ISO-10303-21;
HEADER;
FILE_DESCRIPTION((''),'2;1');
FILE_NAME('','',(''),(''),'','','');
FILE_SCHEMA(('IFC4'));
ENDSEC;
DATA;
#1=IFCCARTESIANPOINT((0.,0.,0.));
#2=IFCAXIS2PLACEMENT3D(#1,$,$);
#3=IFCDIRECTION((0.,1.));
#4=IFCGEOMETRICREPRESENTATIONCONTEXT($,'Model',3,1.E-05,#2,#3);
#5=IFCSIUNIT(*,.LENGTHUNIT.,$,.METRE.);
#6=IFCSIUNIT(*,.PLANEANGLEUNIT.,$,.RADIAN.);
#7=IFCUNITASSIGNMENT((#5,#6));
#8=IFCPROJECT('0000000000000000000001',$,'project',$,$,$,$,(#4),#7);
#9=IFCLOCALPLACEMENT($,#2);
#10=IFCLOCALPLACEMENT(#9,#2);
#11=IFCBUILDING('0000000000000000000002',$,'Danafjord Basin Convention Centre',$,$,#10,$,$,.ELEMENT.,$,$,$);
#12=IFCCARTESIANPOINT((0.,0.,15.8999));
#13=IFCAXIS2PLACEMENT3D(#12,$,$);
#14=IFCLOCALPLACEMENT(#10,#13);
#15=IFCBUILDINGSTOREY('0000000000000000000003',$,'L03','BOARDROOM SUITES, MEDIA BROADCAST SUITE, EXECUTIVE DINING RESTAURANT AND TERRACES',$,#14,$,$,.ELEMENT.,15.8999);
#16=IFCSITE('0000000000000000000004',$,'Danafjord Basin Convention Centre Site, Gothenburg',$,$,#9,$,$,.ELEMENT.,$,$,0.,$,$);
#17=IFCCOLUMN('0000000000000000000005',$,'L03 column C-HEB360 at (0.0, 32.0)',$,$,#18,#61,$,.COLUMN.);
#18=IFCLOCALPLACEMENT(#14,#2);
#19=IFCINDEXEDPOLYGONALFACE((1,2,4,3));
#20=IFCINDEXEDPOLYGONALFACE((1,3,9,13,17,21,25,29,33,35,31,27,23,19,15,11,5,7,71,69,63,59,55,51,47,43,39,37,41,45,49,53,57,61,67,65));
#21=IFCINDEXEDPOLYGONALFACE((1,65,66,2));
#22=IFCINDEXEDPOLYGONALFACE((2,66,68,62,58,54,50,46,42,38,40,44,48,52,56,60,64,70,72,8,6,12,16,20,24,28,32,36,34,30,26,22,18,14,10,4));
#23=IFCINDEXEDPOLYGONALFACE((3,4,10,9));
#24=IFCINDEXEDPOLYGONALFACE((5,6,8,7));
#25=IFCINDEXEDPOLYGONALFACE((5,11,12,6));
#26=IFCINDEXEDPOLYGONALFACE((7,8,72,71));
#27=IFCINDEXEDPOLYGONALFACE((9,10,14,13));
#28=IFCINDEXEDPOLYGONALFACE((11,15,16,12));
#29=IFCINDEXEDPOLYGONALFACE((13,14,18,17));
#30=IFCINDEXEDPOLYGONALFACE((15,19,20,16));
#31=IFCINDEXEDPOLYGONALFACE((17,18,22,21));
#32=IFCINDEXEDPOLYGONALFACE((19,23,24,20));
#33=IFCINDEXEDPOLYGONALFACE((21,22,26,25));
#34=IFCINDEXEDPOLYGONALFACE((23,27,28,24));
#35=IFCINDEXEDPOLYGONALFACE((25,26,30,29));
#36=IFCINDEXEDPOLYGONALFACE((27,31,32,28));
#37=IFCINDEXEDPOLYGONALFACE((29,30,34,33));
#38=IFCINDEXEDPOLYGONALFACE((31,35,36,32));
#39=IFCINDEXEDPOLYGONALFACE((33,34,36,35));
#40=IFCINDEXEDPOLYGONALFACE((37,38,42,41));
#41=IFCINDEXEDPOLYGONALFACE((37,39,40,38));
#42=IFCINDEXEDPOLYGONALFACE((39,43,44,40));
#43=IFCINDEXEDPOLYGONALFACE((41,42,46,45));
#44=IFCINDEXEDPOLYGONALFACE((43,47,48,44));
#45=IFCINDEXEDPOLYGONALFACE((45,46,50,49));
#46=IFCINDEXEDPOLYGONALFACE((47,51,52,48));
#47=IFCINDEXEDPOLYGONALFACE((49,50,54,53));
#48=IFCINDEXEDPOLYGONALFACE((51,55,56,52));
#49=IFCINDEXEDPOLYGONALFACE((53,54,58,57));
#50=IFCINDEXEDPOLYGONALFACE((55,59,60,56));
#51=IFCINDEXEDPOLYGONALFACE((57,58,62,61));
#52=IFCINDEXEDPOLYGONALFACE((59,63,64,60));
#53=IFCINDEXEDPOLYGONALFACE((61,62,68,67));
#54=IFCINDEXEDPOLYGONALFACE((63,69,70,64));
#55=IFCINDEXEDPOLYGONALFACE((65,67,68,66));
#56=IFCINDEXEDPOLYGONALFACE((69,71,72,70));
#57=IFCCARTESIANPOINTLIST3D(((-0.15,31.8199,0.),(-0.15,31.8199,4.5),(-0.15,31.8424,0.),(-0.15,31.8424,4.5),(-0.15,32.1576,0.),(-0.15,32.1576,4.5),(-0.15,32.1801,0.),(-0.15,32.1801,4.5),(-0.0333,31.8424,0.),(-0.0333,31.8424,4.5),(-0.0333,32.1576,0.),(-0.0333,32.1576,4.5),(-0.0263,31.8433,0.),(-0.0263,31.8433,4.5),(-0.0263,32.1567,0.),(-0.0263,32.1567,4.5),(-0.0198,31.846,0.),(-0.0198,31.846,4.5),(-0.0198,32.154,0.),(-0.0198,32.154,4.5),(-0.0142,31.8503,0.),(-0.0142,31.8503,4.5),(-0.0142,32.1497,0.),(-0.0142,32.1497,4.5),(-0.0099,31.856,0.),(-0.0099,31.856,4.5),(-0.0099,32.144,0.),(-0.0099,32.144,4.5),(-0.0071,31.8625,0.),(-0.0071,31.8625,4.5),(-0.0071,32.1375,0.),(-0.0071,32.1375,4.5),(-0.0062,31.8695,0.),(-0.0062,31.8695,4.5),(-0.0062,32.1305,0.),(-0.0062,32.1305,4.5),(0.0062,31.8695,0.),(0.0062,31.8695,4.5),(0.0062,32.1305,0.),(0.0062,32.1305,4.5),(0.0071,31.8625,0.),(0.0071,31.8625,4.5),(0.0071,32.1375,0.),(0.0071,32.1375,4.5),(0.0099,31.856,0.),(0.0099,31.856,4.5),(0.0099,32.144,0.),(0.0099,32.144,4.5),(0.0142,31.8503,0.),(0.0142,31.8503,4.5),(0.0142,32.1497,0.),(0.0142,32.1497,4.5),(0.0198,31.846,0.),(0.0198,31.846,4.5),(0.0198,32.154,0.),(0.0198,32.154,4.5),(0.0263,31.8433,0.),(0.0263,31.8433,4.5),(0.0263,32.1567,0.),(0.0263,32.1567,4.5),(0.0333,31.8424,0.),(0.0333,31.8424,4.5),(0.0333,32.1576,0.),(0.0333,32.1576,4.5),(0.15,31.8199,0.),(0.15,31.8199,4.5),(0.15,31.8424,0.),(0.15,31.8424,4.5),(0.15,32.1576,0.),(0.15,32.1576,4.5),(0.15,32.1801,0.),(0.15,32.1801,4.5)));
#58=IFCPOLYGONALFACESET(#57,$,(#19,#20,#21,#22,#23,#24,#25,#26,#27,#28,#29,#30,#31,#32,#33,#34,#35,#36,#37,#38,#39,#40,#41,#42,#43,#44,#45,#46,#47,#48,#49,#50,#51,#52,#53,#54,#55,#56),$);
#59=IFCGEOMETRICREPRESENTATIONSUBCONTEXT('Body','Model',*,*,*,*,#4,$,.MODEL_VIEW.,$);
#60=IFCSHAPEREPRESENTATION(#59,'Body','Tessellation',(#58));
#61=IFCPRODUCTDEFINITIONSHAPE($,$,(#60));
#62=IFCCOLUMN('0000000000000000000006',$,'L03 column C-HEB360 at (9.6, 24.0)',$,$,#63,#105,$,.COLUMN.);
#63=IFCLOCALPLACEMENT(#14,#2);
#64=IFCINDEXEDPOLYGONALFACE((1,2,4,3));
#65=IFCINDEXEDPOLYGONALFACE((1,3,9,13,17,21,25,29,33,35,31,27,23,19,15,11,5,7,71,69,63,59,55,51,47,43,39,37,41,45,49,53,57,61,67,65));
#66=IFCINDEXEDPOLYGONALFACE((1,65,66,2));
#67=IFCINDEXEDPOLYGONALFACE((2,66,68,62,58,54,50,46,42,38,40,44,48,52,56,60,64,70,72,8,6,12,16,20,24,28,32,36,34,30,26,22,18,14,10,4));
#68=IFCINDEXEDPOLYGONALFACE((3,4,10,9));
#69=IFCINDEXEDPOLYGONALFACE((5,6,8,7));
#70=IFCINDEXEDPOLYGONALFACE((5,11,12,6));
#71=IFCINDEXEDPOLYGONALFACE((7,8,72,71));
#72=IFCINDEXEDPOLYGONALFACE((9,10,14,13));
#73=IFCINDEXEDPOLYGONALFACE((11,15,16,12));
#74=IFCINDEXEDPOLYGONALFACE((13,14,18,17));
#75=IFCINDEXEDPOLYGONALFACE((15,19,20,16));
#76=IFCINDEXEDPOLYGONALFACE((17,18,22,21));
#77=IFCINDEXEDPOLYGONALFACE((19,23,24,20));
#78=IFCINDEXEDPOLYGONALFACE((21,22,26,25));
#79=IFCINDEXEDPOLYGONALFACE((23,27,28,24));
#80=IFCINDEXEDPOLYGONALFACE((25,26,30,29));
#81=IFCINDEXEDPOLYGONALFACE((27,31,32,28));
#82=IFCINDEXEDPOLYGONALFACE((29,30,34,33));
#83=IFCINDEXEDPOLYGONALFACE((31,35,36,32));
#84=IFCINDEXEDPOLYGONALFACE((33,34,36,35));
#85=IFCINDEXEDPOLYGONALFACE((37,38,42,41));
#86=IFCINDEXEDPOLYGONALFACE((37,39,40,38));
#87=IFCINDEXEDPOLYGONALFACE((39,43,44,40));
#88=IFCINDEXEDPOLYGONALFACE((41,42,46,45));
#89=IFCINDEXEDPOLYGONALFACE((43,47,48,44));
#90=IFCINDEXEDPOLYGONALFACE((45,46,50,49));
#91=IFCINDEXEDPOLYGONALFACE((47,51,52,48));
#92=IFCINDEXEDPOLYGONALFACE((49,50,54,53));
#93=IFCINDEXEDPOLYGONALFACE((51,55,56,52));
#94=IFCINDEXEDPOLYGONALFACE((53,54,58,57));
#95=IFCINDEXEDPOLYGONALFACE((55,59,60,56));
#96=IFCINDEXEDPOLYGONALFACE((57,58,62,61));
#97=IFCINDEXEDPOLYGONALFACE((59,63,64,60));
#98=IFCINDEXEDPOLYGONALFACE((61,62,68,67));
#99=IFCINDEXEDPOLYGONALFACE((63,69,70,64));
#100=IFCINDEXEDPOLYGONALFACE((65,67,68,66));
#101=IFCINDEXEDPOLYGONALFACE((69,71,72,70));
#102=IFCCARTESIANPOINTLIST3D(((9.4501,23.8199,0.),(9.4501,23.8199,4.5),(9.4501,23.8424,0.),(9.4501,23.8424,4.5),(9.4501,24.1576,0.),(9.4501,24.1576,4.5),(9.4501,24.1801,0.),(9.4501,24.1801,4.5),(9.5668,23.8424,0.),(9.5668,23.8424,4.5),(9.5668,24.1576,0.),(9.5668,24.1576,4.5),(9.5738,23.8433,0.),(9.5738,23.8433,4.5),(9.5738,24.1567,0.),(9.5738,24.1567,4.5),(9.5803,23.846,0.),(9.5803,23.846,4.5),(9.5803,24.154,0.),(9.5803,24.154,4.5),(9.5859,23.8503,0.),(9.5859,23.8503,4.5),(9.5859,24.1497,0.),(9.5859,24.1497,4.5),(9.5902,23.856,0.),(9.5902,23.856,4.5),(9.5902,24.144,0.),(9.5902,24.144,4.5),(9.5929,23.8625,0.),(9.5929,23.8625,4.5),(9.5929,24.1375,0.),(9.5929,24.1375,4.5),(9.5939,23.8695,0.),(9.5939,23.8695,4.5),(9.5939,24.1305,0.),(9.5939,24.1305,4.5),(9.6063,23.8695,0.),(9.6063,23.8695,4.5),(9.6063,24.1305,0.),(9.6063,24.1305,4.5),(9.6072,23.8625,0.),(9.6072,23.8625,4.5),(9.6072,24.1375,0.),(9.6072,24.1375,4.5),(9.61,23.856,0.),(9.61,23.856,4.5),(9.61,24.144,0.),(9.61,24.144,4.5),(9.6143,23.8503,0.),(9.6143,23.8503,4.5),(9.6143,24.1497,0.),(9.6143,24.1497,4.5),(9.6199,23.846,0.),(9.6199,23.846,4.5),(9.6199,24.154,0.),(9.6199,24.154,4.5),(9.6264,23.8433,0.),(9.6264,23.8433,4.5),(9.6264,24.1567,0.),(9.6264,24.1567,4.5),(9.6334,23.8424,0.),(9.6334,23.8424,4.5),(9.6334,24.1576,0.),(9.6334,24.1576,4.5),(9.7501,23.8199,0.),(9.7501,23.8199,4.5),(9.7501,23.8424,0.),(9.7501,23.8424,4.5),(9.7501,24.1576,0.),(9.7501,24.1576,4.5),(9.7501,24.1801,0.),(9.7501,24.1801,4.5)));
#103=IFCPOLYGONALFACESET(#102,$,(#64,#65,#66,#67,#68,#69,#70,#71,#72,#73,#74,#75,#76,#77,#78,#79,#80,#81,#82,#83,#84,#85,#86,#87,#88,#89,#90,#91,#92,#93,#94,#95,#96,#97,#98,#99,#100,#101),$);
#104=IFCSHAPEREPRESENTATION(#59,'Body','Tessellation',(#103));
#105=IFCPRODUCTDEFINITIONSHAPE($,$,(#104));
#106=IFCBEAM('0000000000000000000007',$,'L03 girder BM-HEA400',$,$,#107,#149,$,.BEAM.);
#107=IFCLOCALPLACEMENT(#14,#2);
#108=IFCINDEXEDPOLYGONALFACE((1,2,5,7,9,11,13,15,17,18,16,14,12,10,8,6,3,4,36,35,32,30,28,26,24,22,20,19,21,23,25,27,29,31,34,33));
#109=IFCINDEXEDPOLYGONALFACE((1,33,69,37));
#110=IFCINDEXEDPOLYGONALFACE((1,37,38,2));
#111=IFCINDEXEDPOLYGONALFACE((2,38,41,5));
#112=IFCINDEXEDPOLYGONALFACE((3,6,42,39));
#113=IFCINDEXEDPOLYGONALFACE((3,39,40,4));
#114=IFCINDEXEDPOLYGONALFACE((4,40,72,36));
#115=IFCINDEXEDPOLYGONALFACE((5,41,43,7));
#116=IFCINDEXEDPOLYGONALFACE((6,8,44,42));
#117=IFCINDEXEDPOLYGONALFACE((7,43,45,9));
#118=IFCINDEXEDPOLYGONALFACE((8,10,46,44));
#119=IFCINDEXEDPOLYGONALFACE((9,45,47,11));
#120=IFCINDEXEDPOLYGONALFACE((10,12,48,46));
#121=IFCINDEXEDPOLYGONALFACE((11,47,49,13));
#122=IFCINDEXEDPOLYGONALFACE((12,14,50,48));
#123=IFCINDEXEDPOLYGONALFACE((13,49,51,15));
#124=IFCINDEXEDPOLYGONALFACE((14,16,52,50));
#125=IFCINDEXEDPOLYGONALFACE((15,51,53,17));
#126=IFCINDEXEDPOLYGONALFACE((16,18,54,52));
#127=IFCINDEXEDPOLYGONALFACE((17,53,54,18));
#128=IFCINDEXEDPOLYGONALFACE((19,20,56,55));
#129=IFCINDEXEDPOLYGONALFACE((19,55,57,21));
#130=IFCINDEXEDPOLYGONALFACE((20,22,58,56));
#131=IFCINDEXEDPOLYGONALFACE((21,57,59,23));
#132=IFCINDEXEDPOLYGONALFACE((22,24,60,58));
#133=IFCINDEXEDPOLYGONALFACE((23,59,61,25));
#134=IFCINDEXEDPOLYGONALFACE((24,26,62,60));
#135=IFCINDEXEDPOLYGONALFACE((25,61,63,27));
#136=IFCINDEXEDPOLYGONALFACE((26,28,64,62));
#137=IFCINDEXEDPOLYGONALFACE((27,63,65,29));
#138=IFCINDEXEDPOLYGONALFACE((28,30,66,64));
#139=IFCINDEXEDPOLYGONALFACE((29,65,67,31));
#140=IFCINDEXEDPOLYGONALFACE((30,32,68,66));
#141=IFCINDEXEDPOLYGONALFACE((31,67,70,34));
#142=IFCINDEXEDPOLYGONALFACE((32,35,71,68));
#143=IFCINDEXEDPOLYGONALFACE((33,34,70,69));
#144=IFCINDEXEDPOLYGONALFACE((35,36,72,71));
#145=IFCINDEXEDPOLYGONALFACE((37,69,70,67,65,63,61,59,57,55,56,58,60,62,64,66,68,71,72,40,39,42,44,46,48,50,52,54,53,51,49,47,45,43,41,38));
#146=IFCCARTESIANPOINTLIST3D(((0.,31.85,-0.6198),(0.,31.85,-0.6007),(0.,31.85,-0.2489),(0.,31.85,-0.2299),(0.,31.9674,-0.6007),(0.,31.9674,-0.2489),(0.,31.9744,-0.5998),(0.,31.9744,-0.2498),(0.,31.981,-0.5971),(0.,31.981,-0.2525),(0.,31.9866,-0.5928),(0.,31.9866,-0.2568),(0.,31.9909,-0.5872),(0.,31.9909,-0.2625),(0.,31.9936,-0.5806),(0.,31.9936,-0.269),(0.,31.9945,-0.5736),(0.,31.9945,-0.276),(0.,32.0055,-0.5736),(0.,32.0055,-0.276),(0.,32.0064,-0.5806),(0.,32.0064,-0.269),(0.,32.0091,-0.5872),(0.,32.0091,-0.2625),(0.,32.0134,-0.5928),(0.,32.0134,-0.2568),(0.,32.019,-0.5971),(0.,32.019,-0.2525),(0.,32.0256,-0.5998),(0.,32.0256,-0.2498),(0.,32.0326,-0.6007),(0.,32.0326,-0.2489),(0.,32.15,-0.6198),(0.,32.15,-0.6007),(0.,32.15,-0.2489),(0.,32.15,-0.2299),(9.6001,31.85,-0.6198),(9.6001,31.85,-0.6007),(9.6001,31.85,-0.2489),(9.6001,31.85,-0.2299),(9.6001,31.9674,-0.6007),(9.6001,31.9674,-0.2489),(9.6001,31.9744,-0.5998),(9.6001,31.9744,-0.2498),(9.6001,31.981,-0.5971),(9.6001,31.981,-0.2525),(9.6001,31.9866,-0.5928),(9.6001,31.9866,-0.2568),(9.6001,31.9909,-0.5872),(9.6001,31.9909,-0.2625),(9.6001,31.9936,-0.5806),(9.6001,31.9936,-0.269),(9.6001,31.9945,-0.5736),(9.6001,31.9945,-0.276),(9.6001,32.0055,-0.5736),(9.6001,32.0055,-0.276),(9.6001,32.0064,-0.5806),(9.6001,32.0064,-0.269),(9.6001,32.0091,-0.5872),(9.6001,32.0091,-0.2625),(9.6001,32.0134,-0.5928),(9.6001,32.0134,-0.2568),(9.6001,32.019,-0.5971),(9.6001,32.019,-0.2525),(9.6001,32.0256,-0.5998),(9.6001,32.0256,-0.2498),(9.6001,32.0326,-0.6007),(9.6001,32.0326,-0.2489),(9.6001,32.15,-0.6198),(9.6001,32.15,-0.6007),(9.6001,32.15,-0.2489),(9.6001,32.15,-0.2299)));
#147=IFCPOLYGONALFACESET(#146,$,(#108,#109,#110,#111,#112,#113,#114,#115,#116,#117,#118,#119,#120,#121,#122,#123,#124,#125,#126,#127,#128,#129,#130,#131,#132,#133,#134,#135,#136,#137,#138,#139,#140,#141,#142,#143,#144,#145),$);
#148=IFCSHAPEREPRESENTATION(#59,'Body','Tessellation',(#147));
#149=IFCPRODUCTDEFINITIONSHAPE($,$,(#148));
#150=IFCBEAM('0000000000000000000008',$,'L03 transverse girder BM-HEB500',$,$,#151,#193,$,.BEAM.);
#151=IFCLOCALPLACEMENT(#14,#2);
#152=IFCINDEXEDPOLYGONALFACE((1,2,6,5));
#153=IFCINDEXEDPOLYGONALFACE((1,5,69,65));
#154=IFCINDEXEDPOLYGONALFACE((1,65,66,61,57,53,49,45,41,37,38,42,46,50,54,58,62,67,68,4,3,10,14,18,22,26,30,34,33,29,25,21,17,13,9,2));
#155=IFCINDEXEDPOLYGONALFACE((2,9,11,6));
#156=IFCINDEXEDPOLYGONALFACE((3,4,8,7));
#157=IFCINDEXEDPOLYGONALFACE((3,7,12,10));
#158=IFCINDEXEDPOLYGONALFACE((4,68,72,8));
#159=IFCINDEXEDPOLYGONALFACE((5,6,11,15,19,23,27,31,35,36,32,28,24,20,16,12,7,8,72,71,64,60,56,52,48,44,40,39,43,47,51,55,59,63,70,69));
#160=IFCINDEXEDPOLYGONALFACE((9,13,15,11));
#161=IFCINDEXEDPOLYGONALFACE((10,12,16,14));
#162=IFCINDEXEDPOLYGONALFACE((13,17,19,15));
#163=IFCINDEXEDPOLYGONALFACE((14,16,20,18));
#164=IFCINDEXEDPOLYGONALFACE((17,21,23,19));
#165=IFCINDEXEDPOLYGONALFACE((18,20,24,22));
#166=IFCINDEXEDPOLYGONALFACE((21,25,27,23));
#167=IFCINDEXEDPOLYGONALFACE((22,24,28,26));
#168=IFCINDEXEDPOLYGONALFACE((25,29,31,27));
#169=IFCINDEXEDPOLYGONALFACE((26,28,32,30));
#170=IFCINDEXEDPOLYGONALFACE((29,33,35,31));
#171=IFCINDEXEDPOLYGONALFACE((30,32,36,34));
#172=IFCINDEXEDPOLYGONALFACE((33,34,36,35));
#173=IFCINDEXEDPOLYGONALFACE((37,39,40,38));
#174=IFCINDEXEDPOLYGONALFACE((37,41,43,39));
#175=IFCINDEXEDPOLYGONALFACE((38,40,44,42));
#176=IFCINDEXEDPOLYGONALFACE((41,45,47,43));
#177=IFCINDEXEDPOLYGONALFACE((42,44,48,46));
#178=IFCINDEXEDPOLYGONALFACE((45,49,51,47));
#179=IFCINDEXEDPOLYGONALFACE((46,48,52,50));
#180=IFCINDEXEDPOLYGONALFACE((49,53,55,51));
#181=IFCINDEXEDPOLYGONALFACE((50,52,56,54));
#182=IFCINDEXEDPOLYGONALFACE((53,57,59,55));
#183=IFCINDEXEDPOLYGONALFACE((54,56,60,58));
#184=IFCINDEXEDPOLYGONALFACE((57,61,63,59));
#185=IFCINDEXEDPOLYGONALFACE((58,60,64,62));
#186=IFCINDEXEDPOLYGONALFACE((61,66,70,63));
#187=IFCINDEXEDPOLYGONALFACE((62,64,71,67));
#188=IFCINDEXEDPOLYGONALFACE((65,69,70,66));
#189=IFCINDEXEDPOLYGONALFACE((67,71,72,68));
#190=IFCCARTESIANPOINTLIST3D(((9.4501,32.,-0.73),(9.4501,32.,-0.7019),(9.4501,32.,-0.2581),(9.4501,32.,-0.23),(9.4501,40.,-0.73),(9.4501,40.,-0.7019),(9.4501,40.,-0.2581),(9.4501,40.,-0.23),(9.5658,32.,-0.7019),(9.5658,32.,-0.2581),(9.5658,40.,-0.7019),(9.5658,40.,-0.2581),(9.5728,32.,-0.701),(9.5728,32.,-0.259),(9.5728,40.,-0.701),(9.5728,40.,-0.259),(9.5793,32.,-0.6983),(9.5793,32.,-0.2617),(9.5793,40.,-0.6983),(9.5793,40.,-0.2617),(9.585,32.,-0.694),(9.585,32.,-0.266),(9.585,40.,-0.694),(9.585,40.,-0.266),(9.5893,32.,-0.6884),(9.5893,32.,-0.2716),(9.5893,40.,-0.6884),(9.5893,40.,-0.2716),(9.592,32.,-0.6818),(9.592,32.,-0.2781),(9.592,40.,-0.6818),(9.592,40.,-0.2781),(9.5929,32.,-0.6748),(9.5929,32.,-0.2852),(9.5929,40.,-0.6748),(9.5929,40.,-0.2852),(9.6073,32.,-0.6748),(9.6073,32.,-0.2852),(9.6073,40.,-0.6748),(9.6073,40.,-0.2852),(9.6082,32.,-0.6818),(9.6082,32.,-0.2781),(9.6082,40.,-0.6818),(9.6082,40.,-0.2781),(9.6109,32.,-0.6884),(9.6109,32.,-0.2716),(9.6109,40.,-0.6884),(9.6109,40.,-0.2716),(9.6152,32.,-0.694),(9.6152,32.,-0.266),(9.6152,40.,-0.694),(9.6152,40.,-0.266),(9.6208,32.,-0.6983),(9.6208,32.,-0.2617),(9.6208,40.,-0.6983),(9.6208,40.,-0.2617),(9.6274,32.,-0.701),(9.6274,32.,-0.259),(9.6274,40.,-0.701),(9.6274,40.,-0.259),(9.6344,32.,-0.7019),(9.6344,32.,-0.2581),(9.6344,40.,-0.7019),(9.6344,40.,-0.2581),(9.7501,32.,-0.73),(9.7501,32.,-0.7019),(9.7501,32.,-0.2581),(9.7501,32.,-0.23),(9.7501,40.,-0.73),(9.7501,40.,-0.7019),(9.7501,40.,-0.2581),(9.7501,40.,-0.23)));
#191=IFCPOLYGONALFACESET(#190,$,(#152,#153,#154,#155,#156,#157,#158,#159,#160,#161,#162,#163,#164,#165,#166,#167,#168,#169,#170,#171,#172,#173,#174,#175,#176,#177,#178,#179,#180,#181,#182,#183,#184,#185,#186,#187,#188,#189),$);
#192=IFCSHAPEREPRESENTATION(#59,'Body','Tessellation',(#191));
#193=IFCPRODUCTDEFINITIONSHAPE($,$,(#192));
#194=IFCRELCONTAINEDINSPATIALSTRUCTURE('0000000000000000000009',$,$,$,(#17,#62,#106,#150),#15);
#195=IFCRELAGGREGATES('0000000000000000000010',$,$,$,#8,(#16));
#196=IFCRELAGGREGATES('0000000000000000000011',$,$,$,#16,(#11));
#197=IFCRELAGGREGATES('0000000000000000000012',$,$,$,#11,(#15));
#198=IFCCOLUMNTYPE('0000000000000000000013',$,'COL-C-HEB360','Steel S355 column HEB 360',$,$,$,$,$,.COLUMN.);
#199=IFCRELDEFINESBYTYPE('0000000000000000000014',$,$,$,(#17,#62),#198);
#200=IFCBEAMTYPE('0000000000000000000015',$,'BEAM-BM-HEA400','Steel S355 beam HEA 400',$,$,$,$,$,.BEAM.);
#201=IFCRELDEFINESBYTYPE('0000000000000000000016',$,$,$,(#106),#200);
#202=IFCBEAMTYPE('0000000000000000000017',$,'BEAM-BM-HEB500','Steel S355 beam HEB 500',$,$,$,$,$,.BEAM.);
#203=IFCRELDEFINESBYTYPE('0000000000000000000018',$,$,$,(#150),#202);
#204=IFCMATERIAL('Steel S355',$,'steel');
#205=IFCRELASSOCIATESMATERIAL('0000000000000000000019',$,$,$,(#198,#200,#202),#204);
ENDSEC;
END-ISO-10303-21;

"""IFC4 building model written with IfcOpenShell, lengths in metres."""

from ifc_helpers import new_model, si_unit, direction, frame, origin, origin_2d, place, context, subcontext, project, spatial, i_section, extrude, material, material_profile, profile_set, type_object, element, save


model = new_model("IFC4")

# Units and contexts
model_context = context("Model", 3, precision=1e-05, world=origin(), true_north=direction((0.0, 1.0)))
body_context = subcontext(model_context, "Body", "Model", "MODEL_VIEW")
ifc_project = project(units=[si_unit("LENGTHUNIT", "METRE"), si_unit("PLANEANGLEUNIT", "RADIAN")], contexts=[model_context])

# Site, building, storey
site_placement = place(None, origin())
site = spatial("IfcSite", under=ifc_project, at=site_placement, Name="Danafjord Basin Convention Centre Site, Gothenburg", CompositionType="ELEMENT", RefElevation=0.0)
building_placement = place(site_placement, origin())
building = spatial("IfcBuilding", under=site, at=building_placement, Name="Danafjord Basin Convention Centre", CompositionType="ELEMENT")
storey_placement = place(building_placement, frame((0.0, 0.0, 15.8999)))
storey = spatial("IfcBuildingStorey", under=building, at=storey_placement, Name="L03", Description="BOARDROOM SUITES, MEDIA BROADCAST SUITE, EXECUTIVE DINING RESTAURANT AND TERRACES", CompositionType="ELEMENT", Elevation=15.8999)

# Columns
ifc_material_1 = material(Name="Steel S355", Category="steel")
ifc_material_profile_1 = material_profile(ifc_material_1, i_section(OverallWidth=0.3, OverallDepth=0.3601, WebThickness=0.0125, FlangeThickness=0.0225, FilletRadius=0.0271, at=origin_2d()), Name="HEB 360")
ifc_profile_set_1 = profile_set([ifc_material_profile_1], Name="Steel S355")
column_type_1 = type_object("IfcColumnType", Name="COL-C-HEB360", Description="Steel S355 column HEB 360", PredefinedType="COLUMN", material=ifc_profile_set_1)
for number, where, z_axis, x_axis, name in (
    (1, (0.0, 32.0, 0.0), (0.0, 0.0, 1.0), (1.0, 0.0, 0.0), "L03 column C-HEB360 at (0.0, 32.0)"),
    (2, (9.6001, 24.0, 0.0), (0.0, 0.0, 1.0), (1.0, 0.0, 0.0), "L03 column C-HEB360 at (9.6, 24.0)"),
):
    element("IfcColumn", number, at=place(storey_placement, frame(where, z_axis=z_axis, x_axis=x_axis)), inside=storey, type_object=column_type_1, Name=name, PredefinedType="COLUMN", context=body_context, shape_type="SweptSolid", body=[
        extrude(i_section(OverallWidth=0.3, OverallDepth=0.3601, WebThickness=0.0125, FlangeThickness=0.0225, FilletRadius=0.0271, at=origin_2d()), origin(), (0.0, 0.0, 1.0), 4.5),
    ])

# Beams
ifc_material_profile_2 = material_profile(ifc_material_1, i_section(OverallWidth=0.3, OverallDepth=0.3899, WebThickness=0.011, FlangeThickness=0.019, FilletRadius=0.0271, at=origin_2d()), Name="HEA 400")
ifc_profile_set_2 = profile_set([ifc_material_profile_2], Name="Steel S355")
beam_type_1 = type_object("IfcBeamType", Name="BEAM-BM-HEA400", Description="Steel S355 beam HEA 400", PredefinedType="BEAM", material=ifc_profile_set_2)
beam_1_placement = place(storey_placement, frame((0.0, 32.0, -0.4248), z_axis=(1.0, 0.0, 0.0), x_axis=(0.0, 1.0, 0.0)))
element("IfcBeam", 3, at=beam_1_placement, inside=storey, type_object=beam_type_1, Name="L03 girder BM-HEA400", PredefinedType="BEAM", context=body_context, shape_type="SweptSolid", body=[
    extrude(i_section(OverallWidth=0.3, OverallDepth=0.3899, WebThickness=0.011, FlangeThickness=0.019, FilletRadius=0.0271, at=origin_2d()), origin(), (0.0, 0.0, 1.0), 9.6001),
])
ifc_material_profile_3 = material_profile(ifc_material_1, i_section(OverallWidth=0.3, OverallDepth=0.5, WebThickness=0.0144, FlangeThickness=0.0281, FilletRadius=0.0271, at=origin_2d()), Name="HEB 500")
ifc_profile_set_3 = profile_set([ifc_material_profile_3], Name="Steel S355")
beam_type_2 = type_object("IfcBeamType", Name="BEAM-BM-HEB500", Description="Steel S355 beam HEB 500", PredefinedType="BEAM", material=ifc_profile_set_3)
beam_2_placement = place(storey_placement, frame((9.6001, 32.0, -0.48), z_axis=(0.0, 1.0, 0.0), x_axis=(-1.0, 0.0, 0.0)))
element("IfcBeam", 4, at=beam_2_placement, inside=storey, type_object=beam_type_2, Name="L03 transverse girder BM-HEB500", PredefinedType="BEAM", context=body_context, shape_type="SweptSolid", body=[
    extrude(i_section(OverallWidth=0.3, OverallDepth=0.5, WebThickness=0.0144, FlangeThickness=0.0281, FilletRadius=0.0271, at=origin_2d()), origin(), (0.0, 0.0, 1.0), 8.0),
])

save(model, "model.ifc")
